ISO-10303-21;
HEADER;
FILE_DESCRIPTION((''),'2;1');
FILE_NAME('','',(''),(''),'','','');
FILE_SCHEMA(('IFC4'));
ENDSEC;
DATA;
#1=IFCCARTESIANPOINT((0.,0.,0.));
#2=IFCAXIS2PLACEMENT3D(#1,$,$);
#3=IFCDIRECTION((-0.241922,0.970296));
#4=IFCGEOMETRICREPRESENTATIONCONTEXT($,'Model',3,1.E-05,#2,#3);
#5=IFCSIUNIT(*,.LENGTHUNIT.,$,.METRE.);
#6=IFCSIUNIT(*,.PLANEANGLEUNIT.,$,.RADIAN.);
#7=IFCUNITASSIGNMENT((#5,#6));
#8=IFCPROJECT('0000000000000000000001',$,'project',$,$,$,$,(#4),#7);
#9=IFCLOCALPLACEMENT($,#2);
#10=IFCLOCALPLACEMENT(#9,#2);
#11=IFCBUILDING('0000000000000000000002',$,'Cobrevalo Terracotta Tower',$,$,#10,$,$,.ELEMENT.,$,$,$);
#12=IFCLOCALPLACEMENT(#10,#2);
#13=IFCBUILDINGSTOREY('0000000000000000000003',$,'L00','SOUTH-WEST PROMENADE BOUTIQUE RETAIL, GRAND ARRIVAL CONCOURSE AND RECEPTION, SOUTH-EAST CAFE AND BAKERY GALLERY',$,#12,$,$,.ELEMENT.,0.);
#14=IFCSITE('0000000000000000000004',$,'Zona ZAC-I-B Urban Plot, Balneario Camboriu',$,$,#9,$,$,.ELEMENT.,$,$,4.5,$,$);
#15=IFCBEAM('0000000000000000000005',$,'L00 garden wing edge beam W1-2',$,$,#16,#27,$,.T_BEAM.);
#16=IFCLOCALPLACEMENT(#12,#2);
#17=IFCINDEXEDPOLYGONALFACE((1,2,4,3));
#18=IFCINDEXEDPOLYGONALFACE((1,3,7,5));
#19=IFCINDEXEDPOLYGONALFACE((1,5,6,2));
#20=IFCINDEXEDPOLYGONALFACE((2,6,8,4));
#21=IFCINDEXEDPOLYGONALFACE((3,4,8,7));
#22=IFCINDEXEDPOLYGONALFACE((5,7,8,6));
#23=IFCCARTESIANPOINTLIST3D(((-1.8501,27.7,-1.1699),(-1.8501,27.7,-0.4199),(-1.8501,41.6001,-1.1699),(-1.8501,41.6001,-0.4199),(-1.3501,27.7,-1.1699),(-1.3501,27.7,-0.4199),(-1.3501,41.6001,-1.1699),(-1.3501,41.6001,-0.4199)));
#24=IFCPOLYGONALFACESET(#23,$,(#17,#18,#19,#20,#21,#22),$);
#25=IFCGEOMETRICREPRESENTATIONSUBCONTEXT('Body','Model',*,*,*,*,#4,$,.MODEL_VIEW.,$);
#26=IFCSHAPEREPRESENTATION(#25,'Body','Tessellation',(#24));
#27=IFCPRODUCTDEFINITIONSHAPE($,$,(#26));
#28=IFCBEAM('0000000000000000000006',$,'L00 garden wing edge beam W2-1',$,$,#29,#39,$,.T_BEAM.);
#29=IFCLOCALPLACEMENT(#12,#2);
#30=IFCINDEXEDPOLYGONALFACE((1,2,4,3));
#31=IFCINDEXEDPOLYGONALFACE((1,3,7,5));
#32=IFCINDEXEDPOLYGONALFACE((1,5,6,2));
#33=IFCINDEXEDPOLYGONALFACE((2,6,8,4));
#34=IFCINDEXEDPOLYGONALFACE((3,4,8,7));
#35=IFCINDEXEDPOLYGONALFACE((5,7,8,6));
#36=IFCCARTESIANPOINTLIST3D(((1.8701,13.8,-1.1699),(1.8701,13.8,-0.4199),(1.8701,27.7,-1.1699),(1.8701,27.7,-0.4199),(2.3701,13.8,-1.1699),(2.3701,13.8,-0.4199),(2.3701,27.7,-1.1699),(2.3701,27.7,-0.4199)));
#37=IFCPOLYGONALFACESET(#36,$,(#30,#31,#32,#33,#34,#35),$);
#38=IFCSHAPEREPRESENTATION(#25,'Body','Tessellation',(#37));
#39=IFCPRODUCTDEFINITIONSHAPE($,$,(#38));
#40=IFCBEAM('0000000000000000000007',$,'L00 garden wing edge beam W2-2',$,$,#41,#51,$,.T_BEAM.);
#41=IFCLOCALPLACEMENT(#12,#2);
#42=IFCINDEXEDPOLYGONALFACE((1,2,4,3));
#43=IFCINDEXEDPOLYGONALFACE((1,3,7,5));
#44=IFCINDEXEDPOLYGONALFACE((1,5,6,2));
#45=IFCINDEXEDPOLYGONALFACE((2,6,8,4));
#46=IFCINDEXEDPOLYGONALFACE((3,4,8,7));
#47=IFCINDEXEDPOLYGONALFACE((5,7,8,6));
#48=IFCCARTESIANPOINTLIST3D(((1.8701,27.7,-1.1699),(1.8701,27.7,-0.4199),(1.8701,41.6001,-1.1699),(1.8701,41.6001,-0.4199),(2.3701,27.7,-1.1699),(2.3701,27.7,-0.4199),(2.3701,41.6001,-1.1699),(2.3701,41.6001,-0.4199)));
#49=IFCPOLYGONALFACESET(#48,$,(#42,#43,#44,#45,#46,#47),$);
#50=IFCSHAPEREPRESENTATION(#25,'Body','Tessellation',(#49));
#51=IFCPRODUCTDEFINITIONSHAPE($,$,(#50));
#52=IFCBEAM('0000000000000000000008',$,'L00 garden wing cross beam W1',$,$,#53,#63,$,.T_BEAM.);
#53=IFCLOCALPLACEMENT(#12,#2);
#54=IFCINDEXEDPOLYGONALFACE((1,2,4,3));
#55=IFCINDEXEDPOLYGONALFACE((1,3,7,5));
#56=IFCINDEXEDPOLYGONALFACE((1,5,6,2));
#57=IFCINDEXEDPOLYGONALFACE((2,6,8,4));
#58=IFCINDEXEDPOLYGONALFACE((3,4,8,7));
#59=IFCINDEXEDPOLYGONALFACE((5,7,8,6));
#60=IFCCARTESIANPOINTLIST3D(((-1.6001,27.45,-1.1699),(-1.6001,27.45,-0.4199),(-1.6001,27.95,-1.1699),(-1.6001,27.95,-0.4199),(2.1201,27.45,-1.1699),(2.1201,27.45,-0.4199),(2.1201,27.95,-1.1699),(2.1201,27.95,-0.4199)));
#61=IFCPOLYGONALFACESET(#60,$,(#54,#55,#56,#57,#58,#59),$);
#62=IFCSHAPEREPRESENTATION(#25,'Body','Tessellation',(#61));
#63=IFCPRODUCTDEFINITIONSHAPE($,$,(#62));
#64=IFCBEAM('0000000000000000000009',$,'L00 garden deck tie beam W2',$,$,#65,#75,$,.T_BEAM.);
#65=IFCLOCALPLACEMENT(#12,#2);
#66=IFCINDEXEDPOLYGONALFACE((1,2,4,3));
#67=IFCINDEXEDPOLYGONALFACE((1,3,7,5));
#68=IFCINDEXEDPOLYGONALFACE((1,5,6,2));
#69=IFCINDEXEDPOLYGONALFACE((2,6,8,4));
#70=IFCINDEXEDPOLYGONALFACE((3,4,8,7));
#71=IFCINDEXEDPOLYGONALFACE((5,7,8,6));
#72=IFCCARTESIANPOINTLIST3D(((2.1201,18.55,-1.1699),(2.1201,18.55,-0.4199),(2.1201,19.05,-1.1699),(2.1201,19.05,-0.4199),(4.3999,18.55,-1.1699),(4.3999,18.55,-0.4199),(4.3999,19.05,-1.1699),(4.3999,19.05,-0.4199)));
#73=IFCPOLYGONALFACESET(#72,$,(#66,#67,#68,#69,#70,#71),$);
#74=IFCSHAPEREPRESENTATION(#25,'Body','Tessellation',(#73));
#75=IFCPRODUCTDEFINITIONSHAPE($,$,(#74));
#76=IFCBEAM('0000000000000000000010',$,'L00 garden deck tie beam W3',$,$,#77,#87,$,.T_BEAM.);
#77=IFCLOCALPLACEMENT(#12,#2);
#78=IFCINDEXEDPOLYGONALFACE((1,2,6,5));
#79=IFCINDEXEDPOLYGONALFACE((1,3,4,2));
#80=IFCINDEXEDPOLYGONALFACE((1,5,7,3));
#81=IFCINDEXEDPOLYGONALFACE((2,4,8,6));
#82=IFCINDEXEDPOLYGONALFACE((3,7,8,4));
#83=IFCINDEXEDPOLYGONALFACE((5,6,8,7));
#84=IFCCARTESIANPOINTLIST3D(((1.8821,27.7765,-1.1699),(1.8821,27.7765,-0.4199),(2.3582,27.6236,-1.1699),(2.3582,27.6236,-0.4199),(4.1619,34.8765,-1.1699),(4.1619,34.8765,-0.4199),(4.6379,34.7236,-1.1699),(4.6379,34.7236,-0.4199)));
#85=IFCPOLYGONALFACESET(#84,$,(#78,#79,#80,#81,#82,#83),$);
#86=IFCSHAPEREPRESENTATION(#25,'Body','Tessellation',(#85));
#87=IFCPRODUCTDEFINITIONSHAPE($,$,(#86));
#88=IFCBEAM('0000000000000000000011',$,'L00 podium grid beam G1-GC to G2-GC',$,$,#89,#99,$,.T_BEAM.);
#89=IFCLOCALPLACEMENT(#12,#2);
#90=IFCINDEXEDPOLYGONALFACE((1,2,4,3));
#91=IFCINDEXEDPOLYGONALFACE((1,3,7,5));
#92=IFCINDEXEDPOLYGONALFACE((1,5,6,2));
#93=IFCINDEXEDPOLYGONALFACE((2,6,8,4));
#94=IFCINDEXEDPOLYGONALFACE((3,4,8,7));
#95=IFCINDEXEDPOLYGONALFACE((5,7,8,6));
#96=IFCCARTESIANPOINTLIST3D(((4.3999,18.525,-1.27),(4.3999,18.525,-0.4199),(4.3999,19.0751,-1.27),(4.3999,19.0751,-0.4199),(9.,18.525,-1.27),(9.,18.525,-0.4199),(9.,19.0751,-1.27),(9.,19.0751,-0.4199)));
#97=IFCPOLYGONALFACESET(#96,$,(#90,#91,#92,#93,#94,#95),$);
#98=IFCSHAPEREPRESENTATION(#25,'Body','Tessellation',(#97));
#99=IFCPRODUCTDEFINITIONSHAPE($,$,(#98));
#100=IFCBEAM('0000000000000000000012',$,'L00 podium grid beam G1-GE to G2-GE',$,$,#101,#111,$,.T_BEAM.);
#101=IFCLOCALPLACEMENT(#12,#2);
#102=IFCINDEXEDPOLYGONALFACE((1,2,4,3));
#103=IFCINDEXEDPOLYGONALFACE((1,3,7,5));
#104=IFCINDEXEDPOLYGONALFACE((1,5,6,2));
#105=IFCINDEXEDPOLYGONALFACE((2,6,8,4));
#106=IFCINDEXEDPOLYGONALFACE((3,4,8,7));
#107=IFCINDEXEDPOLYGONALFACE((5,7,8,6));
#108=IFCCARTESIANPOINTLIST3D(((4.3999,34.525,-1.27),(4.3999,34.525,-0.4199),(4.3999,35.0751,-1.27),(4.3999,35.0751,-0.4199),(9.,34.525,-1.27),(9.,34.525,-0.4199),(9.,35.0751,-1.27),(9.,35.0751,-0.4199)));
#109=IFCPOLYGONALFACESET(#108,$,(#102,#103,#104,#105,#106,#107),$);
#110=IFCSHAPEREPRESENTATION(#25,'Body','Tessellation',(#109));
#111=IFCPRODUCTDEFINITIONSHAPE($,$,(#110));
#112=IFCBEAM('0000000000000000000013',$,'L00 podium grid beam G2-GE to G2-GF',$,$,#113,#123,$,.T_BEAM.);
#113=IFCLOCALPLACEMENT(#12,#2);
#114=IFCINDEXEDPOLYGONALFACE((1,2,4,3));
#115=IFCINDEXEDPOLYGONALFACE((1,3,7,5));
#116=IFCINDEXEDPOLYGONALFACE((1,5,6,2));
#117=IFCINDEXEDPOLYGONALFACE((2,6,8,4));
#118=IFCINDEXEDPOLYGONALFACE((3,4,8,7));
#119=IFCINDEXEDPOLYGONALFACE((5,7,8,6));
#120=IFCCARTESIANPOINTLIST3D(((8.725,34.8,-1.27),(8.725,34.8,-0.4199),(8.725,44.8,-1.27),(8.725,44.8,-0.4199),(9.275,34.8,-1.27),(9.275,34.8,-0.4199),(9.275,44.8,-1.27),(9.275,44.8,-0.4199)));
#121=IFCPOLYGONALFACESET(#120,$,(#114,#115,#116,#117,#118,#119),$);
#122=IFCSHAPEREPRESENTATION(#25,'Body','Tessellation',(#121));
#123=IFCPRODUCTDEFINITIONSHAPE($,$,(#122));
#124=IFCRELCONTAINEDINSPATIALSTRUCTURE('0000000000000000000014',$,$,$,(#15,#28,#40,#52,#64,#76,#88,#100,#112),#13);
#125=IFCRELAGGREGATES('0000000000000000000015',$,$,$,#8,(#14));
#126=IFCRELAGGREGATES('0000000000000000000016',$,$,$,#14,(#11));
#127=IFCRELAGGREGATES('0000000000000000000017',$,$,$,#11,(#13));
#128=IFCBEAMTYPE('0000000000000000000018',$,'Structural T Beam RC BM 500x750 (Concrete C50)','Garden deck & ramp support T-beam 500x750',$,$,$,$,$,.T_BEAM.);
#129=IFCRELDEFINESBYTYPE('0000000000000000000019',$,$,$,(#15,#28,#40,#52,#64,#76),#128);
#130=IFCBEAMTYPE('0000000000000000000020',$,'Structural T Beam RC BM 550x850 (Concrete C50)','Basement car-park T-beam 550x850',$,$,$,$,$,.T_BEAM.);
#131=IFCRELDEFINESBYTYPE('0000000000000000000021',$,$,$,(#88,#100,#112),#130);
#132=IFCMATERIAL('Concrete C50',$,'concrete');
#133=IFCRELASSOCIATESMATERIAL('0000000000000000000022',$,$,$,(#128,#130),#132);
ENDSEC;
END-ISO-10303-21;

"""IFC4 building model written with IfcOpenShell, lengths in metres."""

from ifc_helpers import new_model, si_unit, direction, frame, origin, origin_2d, place, context, subcontext, project, spatial, rectangle, extrude, material, material_profile, profile_set, type_object, element, save


model = new_model("IFC4")

# Units and contexts
model_context = context("Model", 3, precision=1e-05, world=origin(), true_north=direction((-0.241922, 0.970296)))
body_context = subcontext(model_context, "Body", "Model", "MODEL_VIEW")
ifc_project = project(units=[si_unit("LENGTHUNIT", "METRE"), si_unit("PLANEANGLEUNIT", "RADIAN")], contexts=[model_context])

# Site, building, storey
site_placement = place(None, origin())
site = spatial("IfcSite", under=ifc_project, at=site_placement, Name="Zona ZAC-I-B Urban Plot, Balneario Camboriu", CompositionType="ELEMENT", RefElevation=4.5)
building_placement = place(site_placement, origin())
building = spatial("IfcBuilding", under=site, at=building_placement, Name="Cobrevalo Terracotta Tower", CompositionType="ELEMENT")
storey_placement = place(building_placement, origin())
storey = spatial("IfcBuildingStorey", under=building, at=storey_placement, Name="L00", Description="SOUTH-WEST PROMENADE BOUTIQUE RETAIL, GRAND ARRIVAL CONCOURSE AND RECEPTION, SOUTH-EAST CAFE AND BAKERY GALLERY", CompositionType="ELEMENT", Elevation=0.0)

# Shared definitions
ifc_material_1 = material(Name="Concrete C50", Category="concrete")

# Beams
ifc_material_profile_1 = material_profile(ifc_material_1, rectangle(XDim=0.5, YDim=0.75, at=origin_2d()), Name="RC BM 500x750")
ifc_profile_set_1 = profile_set([ifc_material_profile_1], Name="Concrete C50")
beam_type_1 = type_object("IfcBeamType", Name="Structural T Beam RC BM 500x750 (Concrete C50)", Description="Garden deck & ramp support T-beam 500x750", PredefinedType="T_BEAM", material=ifc_profile_set_1)
beam_1_placement = place(storey_placement, frame((-1.6001, 27.7, -0.7949), z_axis=(0.0, 1.0, 0.0), x_axis=(-1.0, 0.0, 0.0)))
element("IfcBeam", 1, at=beam_1_placement, inside=storey, type_object=beam_type_1, Name="L00 garden wing edge beam W1-2", PredefinedType="T_BEAM", context=body_context, shape_type="SweptSolid", body=[
    extrude(rectangle(XDim=0.5, YDim=0.75, at=origin_2d()), origin(), (0.0, 0.0, 1.0), 13.9001),
])
beam_2_placement = place(storey_placement, frame((2.1201, 13.8, -0.7949), z_axis=(0.0, 1.0, 0.0), x_axis=(-1.0, 0.0, 0.0)))
element("IfcBeam", 2, at=beam_2_placement, inside=storey, type_object=beam_type_1, Name="L00 garden wing edge beam W2-1", PredefinedType="T_BEAM", context=body_context, shape_type="SweptSolid", body=[
    extrude(rectangle(XDim=0.5, YDim=0.75, at=origin_2d()), origin(), (0.0, 0.0, 1.0), 13.8999),
])
beam_3_placement = place(storey_placement, frame((2.1201, 27.7, -0.7949), z_axis=(0.0, 1.0, 0.0), x_axis=(-1.0, 0.0, 0.0)))
element("IfcBeam", 3, at=beam_3_placement, inside=storey, type_object=beam_type_1, Name="L00 garden wing edge beam W2-2", PredefinedType="T_BEAM", context=body_context, shape_type="SweptSolid", body=[
    extrude(rectangle(XDim=0.5, YDim=0.75, at=origin_2d()), origin(), (0.0, 0.0, 1.0), 13.9001),
])
beam_4_placement = place(storey_placement, frame((-1.6001, 27.7, -0.7949), z_axis=(1.0, 0.0, 0.0), x_axis=(0.0, 1.0, 0.0)))
element("IfcBeam", 4, at=beam_4_placement, inside=storey, type_object=beam_type_1, Name="L00 garden wing cross beam W1", PredefinedType="T_BEAM", context=body_context, shape_type="SweptSolid", body=[
    extrude(rectangle(XDim=0.5, YDim=0.75, at=origin_2d()), origin(), (0.0, 0.0, 1.0), 3.7202),
])
beam_5_placement = place(storey_placement, frame((4.3999, 18.8, -0.7949), z_axis=(-1.0, 0.0, 0.0), x_axis=(0.0, -1.0, 0.0)))
element("IfcBeam", 5, at=beam_5_placement, inside=storey, type_object=beam_type_1, Name="L00 garden deck tie beam W2", PredefinedType="T_BEAM", context=body_context, shape_type="SweptSolid", body=[
    extrude(rectangle(XDim=0.5, YDim=0.75, at=origin_2d()), origin(), (0.0, 0.0, 1.0), 2.2798),
])
beam_6_placement = place(storey_placement, frame((4.3999, 34.8, -0.7949), z_axis=(-0.305719, -0.952122, 0.0), x_axis=(0.952122, -0.305719, 0.0)))
element("IfcBeam", 6, at=beam_6_placement, inside=storey, type_object=beam_type_1, Name="L00 garden deck tie beam W3", PredefinedType="T_BEAM", context=body_context, shape_type="SweptSolid", body=[
    extrude(rectangle(XDim=0.5, YDim=0.75, at=origin_2d()), origin(), (0.0, 0.0, 1.0), 7.457),
])
ifc_material_profile_2 = material_profile(ifc_material_1, rectangle(XDim=0.55, YDim=0.8501, at=origin_2d()), Name="RC BM 550x850")
ifc_profile_set_2 = profile_set([ifc_material_profile_2], Name="Concrete C50")
beam_type_2 = type_object("IfcBeamType", Name="Structural T Beam RC BM 550x850 (Concrete C50)", Description="Basement car-park T-beam 550x850", PredefinedType="T_BEAM", material=ifc_profile_set_2)
for number, where, z_axis, x_axis, name in (
    (7, (4.3999, 18.8, -0.845), (1.0, 0.0, 0.0), (0.0, 1.0, 0.0), "L00 podium grid beam G1-GC to G2-GC"),
    (8, (4.3999, 34.8, -0.845), (1.0, 0.0, 0.0), (0.0, 1.0, 0.0), "L00 podium grid beam G1-GE to G2-GE"),
):
    element("IfcBeam", number, at=place(storey_placement, frame(where, z_axis=z_axis, x_axis=x_axis)), inside=storey, type_object=beam_type_2, Name=name, PredefinedType="T_BEAM", context=body_context, shape_type="SweptSolid", body=[
        extrude(rectangle(XDim=0.55, YDim=0.8501, at=origin_2d()), origin(), (0.0, 0.0, 1.0), 4.6001),
    ])
beam_7_placement = place(storey_placement, frame((9.0, 34.8, -0.845), z_axis=(0.0, 1.0, 0.0), x_axis=(-1.0, 0.0, 0.0)))
element("IfcBeam", 9, at=beam_7_placement, inside=storey, type_object=beam_type_2, Name="L00 podium grid beam G2-GE to G2-GF", PredefinedType="T_BEAM", context=body_context, shape_type="SweptSolid", body=[
    extrude(rectangle(XDim=0.55, YDim=0.8501, at=origin_2d()), origin(), (0.0, 0.0, 1.0), 10.0),
])

save(model, "model.ifc")
